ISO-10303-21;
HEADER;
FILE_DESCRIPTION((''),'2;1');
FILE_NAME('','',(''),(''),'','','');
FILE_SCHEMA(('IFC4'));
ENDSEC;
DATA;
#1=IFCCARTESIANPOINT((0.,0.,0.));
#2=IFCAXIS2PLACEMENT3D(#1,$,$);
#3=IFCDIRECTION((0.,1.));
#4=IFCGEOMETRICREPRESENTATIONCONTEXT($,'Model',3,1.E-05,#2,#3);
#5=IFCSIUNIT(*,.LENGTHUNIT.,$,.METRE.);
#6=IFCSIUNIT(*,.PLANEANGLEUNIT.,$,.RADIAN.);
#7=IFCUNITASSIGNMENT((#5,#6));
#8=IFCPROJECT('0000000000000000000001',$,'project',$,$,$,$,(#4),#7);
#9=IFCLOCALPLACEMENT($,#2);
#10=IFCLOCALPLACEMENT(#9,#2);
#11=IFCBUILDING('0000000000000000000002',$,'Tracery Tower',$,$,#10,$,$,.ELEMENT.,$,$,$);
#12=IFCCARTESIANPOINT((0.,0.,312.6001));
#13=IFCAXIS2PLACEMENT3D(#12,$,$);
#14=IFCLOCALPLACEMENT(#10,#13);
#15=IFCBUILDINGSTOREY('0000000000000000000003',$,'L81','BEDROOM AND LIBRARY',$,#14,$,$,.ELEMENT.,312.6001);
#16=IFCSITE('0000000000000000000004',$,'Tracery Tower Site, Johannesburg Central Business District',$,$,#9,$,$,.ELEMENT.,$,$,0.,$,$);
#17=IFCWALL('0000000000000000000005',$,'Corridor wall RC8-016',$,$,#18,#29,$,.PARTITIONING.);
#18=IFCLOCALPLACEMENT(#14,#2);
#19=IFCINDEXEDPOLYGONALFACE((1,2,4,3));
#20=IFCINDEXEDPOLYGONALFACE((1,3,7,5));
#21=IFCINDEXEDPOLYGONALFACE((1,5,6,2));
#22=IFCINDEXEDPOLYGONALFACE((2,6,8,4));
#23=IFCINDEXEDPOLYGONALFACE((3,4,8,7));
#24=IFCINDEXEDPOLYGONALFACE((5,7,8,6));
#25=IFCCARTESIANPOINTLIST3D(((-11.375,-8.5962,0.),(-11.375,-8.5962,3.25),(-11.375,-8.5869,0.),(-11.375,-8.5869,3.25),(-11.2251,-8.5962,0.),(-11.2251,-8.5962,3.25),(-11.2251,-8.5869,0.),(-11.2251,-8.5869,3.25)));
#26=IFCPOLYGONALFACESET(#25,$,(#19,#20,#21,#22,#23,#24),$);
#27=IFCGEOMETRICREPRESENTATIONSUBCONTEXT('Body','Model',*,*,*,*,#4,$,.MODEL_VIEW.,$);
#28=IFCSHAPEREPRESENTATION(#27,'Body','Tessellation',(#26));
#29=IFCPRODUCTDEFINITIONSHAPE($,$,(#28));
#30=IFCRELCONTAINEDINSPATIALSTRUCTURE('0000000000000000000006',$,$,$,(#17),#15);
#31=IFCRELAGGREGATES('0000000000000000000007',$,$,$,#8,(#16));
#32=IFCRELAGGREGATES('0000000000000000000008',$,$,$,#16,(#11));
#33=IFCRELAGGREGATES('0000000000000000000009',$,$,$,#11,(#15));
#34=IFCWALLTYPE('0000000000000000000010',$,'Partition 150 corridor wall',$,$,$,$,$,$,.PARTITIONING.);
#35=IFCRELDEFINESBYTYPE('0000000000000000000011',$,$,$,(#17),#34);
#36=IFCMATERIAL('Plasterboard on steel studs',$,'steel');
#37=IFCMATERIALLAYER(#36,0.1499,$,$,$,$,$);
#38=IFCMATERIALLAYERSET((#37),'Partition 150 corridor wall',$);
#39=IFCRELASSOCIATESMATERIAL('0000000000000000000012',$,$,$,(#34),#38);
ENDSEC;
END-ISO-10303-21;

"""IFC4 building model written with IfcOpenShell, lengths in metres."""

from ifc_helpers import new_model, si_unit, direction, frame, frame_2d, origin, place, context, subcontext, project, spatial, rectangle, extrude, material, layer, layer_set, type_object, element, save


model = new_model("IFC4")

# Units and contexts
model_context = context("Model", 3, precision=1e-05, world=origin(), true_north=direction((0.0, 1.0)))
body_context = subcontext(model_context, "Body", "Model", "MODEL_VIEW")
ifc_project = project(units=[si_unit("LENGTHUNIT", "METRE"), si_unit("PLANEANGLEUNIT", "RADIAN")], contexts=[model_context])

# Site, building, storey
site_placement = place(None, origin())
site = spatial("IfcSite", under=ifc_project, at=site_placement, Name="Tracery Tower Site, Johannesburg Central Business District", CompositionType="ELEMENT", RefElevation=0.0)
building_placement = place(site_placement, origin())
building = spatial("IfcBuilding", under=site, at=building_placement, Name="Tracery Tower", CompositionType="ELEMENT")
storey_placement = place(building_placement, frame((0.0, 0.0, 312.6001)))
storey = spatial("IfcBuildingStorey", under=building, at=storey_placement, Name="L81", Description="BEDROOM AND LIBRARY", CompositionType="ELEMENT", Elevation=312.6001)

# Wall
ifc_material_1 = material(Name="Plasterboard on steel studs", Category="steel")
ifc_layer_1 = layer(ifc_material_1, 0.1499)
ifc_layer_set_1 = layer_set([ifc_layer_1], Name="Partition 150 corridor wall")
wall_type_1 = type_object("IfcWallType", Name="Partition 150 corridor wall", PredefinedType="PARTITIONING", material=ifc_layer_set_1)
wall_1_placement = place(storey_placement, frame((-11.3, -8.5962, 0.0), z_axis=(0.0, 0.0, 1.0), x_axis=(0.0, 1.0, 0.0)))
element("IfcWall", 1, at=wall_1_placement, inside=storey, type_object=wall_type_1, Name="Corridor wall RC8-016", PredefinedType="PARTITIONING", context=body_context, shape_type="SweptSolid", body=[
    extrude(rectangle(XDim=0.0093, YDim=0.1499, at=frame_2d((0.0046, 0.0))), origin(), (0.0, 0.0, 1.0), 3.25),
])

save(model, "model.ifc")
